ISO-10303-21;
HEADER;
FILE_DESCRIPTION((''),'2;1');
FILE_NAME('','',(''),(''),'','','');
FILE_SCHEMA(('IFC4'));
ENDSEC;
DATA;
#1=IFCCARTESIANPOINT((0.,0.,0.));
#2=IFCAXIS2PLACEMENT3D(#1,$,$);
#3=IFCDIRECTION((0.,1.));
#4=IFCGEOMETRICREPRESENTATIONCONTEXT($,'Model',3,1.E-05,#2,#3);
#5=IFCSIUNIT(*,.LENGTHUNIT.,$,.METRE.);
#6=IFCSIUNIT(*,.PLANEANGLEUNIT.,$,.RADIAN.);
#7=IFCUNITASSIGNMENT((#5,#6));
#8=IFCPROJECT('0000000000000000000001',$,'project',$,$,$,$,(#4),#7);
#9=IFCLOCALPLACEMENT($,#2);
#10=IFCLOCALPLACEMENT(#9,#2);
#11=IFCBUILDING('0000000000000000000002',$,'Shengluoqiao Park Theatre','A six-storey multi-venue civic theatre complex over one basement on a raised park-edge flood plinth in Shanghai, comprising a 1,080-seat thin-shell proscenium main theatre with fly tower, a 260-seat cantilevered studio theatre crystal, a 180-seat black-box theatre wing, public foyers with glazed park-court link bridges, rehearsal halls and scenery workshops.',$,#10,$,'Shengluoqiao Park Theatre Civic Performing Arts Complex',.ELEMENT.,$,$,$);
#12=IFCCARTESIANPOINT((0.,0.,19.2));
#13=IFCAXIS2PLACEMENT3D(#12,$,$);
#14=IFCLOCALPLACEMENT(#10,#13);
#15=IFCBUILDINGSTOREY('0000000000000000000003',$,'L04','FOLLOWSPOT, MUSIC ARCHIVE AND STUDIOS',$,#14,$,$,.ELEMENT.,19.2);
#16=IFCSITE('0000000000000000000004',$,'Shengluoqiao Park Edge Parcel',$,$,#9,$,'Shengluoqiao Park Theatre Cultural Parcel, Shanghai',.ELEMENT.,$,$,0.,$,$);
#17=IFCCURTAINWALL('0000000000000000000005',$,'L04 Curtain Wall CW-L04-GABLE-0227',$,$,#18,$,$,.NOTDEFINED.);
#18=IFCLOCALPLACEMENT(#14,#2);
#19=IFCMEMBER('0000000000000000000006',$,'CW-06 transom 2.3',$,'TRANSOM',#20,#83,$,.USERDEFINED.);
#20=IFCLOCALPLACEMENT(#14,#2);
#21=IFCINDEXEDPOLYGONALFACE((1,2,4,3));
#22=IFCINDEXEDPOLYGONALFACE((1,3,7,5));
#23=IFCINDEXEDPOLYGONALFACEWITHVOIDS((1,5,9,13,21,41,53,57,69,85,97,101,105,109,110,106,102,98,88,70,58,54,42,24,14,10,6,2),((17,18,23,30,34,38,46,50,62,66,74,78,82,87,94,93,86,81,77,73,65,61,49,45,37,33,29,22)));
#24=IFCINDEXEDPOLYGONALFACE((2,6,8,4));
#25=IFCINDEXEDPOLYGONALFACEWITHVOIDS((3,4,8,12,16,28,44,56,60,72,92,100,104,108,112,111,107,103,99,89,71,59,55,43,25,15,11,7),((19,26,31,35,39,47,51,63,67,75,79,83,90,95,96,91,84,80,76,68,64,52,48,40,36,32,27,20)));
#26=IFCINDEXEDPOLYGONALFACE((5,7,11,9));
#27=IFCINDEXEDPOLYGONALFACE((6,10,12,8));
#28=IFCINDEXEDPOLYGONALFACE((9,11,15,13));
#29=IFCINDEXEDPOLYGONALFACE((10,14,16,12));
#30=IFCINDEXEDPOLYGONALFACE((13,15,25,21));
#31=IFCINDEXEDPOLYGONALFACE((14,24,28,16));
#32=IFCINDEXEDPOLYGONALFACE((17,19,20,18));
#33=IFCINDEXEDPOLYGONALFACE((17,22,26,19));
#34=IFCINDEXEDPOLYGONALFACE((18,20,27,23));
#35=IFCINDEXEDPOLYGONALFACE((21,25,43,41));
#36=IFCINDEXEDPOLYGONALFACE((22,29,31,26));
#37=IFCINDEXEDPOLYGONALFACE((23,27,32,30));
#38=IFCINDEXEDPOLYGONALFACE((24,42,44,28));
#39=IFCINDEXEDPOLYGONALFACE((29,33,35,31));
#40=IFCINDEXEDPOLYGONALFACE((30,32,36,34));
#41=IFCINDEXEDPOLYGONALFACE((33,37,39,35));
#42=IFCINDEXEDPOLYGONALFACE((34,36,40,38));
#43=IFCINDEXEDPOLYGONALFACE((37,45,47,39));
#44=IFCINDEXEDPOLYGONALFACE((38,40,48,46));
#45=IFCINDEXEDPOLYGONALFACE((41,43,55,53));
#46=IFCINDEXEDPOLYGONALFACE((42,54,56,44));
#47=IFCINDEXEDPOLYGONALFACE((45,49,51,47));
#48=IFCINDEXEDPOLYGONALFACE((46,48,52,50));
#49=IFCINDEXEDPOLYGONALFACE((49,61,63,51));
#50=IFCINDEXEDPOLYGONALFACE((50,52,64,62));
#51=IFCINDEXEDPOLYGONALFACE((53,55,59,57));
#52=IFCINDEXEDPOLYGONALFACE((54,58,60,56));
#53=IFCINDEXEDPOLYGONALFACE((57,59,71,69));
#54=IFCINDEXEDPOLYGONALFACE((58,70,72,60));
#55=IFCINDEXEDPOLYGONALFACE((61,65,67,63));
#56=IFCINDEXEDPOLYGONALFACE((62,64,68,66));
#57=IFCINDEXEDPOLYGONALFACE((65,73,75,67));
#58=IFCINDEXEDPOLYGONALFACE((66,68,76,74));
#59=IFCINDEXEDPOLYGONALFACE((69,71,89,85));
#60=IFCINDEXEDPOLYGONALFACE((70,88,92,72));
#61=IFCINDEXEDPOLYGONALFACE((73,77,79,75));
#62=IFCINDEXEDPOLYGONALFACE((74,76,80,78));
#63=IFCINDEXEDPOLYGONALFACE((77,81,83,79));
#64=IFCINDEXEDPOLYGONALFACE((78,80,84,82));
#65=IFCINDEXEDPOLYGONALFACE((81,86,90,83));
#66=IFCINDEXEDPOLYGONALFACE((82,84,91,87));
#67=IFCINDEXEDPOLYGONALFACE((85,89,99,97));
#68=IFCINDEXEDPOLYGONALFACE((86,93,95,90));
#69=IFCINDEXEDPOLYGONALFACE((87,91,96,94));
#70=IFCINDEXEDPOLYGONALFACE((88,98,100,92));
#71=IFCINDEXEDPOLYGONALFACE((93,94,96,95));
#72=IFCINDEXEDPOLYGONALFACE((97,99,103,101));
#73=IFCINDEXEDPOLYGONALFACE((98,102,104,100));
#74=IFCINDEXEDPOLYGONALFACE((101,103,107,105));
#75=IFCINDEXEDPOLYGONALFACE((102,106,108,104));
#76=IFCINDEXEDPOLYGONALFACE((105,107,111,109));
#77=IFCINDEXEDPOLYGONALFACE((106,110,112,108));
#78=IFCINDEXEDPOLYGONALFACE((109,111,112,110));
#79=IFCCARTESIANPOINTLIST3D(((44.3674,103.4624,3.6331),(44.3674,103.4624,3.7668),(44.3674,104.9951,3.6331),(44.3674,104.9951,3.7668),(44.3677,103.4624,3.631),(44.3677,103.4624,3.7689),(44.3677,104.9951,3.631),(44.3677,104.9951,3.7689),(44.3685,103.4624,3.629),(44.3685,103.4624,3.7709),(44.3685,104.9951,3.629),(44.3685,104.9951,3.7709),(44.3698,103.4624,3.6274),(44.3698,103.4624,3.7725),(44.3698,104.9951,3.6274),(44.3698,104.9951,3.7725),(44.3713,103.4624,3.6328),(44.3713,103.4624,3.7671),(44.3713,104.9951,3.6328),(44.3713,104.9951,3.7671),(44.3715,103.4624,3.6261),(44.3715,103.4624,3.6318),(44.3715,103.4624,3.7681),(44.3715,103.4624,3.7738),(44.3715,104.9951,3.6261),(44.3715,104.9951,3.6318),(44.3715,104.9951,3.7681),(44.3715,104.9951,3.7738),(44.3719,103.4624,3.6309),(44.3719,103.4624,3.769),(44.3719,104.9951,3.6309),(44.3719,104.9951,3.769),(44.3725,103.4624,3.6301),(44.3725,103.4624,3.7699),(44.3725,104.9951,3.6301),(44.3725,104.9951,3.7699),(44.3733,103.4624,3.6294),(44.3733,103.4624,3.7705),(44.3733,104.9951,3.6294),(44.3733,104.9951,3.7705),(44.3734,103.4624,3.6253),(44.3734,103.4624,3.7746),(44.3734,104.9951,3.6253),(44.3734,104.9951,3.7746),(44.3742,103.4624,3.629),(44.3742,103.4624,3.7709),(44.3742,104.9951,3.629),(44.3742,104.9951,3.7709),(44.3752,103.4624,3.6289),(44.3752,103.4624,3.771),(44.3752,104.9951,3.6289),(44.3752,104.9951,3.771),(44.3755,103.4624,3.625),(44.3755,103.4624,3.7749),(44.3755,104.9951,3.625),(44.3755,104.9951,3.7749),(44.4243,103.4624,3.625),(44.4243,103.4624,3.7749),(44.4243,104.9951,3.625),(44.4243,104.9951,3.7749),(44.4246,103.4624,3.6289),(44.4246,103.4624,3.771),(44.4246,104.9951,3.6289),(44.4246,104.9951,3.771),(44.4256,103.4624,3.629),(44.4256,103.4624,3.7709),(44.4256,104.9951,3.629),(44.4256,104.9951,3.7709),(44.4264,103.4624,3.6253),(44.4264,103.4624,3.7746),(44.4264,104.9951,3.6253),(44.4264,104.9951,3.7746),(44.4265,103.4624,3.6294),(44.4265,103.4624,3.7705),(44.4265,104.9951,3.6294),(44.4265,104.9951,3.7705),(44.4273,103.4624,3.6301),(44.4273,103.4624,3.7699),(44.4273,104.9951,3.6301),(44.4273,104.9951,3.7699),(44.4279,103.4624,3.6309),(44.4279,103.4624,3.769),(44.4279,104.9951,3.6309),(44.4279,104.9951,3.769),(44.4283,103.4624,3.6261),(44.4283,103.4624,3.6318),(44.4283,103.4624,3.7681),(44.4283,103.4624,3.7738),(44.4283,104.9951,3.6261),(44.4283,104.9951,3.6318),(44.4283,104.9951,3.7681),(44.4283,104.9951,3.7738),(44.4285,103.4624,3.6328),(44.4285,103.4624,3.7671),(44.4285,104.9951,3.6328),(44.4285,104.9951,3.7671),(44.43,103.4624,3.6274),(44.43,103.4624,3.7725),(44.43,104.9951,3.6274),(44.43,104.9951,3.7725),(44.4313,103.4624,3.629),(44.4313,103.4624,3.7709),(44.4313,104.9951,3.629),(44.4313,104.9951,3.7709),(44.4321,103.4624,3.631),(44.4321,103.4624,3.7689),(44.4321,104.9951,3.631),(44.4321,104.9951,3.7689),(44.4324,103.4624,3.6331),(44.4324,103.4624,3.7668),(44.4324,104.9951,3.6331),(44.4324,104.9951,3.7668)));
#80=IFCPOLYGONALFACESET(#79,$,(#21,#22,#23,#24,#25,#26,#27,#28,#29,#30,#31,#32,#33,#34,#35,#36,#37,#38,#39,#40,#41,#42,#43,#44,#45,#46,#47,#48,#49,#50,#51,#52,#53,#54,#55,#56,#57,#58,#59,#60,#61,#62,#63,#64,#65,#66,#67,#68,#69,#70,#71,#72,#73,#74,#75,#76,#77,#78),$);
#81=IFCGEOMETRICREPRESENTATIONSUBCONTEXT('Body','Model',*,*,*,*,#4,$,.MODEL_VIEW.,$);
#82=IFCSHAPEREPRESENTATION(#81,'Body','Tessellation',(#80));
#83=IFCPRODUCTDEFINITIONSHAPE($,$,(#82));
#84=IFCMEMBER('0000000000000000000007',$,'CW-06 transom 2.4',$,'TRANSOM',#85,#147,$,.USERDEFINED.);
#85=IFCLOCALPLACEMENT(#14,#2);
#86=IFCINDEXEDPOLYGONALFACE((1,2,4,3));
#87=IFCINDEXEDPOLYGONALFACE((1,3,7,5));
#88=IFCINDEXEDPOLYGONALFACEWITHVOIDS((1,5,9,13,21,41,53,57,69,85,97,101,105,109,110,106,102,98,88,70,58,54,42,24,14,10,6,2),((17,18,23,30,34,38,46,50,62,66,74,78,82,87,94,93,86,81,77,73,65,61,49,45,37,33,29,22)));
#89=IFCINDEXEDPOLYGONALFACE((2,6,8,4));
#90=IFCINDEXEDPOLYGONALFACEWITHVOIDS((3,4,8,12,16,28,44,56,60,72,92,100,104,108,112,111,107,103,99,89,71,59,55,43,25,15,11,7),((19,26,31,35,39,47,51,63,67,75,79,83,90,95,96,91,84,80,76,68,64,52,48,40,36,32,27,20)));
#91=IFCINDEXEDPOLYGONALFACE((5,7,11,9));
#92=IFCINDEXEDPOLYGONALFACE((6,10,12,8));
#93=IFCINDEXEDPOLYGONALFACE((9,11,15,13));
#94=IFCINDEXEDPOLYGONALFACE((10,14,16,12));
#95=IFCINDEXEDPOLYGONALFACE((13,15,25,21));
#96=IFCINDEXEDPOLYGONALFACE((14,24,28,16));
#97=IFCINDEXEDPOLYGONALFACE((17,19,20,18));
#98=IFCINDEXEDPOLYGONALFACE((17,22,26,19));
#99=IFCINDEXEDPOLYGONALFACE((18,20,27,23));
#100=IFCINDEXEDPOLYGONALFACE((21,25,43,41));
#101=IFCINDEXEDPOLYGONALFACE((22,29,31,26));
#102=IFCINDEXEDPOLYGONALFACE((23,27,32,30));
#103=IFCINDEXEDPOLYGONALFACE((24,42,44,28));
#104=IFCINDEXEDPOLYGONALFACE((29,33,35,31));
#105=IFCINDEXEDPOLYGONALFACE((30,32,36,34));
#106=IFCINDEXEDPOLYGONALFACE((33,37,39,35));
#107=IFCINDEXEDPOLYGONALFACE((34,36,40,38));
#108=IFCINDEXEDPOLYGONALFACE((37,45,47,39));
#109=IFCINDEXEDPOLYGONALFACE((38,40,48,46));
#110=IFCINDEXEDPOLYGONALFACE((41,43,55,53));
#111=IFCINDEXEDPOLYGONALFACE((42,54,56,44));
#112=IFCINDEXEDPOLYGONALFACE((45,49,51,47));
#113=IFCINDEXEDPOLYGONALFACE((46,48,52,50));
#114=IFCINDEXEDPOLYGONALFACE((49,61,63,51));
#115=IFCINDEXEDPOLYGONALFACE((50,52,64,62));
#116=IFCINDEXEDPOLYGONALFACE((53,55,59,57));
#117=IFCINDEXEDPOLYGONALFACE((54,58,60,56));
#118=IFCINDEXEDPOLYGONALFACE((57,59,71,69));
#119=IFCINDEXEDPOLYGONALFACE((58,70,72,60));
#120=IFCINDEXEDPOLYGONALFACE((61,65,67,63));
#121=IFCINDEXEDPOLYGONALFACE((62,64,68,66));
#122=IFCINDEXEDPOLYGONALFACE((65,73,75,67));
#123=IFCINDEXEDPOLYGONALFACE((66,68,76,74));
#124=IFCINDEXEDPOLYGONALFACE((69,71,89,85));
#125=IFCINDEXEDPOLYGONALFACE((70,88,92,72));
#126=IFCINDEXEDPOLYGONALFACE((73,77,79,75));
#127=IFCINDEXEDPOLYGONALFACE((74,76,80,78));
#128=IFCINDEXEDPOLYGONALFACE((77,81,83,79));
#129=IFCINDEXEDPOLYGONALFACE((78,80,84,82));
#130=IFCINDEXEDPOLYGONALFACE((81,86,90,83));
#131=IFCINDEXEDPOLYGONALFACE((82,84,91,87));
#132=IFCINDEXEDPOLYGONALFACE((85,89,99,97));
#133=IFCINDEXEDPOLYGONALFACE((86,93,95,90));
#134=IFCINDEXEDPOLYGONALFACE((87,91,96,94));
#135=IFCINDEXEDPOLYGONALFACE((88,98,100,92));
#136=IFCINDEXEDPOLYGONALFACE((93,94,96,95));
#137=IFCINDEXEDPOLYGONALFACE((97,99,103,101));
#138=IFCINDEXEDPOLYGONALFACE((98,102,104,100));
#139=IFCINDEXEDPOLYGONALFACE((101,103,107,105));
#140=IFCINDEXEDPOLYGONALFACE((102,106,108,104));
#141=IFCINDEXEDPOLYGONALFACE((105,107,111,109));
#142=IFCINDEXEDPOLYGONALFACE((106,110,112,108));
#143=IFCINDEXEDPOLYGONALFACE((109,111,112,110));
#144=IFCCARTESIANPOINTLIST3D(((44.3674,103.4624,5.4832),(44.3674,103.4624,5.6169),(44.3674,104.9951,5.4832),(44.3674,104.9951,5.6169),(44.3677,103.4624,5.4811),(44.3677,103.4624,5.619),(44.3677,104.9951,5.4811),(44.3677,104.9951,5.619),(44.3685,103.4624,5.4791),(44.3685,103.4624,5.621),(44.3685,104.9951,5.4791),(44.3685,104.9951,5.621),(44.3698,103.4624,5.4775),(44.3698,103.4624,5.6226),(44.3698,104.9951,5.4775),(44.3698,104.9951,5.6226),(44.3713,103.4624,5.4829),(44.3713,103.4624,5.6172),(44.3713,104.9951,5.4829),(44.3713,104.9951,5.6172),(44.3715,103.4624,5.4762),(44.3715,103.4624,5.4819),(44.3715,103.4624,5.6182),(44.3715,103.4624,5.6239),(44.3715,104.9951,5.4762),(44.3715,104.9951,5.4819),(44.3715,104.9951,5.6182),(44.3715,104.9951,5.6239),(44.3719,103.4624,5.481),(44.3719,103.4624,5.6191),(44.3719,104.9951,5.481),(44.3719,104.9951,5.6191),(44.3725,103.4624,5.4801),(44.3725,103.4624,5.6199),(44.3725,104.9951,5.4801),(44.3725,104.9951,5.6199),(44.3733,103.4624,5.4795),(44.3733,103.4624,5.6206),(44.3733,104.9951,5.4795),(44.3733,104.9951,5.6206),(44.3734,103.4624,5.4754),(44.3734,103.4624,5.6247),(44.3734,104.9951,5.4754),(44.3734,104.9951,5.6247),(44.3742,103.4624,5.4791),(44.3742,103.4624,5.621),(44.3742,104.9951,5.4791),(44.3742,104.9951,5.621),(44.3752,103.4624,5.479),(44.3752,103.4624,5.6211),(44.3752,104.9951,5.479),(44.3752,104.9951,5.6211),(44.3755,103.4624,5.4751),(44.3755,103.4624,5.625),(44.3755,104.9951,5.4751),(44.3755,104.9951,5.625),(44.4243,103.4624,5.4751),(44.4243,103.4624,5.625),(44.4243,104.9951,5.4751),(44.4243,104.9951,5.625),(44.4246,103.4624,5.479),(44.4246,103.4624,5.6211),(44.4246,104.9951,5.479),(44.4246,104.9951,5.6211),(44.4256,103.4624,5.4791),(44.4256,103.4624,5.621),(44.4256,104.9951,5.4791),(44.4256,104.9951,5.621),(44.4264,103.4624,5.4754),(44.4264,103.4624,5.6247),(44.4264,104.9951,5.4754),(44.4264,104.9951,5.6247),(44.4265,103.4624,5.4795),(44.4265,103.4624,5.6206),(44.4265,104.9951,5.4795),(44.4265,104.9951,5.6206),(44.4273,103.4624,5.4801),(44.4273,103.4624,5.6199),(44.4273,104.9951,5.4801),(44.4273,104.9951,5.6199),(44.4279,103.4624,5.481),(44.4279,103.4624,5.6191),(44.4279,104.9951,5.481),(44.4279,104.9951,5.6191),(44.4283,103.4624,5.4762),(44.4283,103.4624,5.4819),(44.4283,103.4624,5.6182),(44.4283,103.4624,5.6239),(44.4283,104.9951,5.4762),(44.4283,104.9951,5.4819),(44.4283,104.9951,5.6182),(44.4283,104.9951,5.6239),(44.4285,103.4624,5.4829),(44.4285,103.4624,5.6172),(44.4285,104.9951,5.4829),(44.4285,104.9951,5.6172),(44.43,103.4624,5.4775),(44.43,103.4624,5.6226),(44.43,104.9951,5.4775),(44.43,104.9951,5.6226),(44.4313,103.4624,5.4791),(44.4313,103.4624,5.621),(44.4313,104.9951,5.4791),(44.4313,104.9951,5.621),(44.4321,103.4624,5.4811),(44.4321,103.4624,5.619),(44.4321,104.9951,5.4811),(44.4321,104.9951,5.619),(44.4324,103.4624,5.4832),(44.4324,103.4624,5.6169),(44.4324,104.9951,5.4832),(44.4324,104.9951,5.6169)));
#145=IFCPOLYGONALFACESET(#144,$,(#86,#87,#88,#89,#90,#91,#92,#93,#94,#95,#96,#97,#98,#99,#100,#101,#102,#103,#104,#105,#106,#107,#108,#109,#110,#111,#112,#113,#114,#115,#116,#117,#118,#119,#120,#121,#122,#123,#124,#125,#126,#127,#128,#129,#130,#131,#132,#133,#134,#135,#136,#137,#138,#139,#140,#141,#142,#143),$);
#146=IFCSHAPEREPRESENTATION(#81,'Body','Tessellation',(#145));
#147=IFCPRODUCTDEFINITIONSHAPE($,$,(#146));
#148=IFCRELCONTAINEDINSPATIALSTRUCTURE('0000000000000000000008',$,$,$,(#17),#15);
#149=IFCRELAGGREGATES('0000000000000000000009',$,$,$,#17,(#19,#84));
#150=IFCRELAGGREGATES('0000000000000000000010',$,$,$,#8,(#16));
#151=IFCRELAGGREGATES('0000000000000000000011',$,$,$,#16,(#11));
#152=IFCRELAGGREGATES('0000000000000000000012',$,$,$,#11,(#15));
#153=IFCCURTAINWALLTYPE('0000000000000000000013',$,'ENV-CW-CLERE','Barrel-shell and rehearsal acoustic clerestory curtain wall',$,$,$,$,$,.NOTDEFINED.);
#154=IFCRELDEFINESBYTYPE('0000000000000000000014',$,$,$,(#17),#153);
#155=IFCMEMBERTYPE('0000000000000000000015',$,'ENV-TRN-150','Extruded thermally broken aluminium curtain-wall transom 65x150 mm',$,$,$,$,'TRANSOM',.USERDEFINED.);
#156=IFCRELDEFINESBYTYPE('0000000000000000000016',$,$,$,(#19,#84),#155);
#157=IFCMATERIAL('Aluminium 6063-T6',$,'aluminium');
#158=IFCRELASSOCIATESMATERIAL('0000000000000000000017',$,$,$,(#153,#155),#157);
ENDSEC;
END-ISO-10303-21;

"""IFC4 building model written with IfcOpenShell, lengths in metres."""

from ifc_helpers import new_model, si_unit, direction, frame, origin, origin_2d, place, context, subcontext, project, spatial, hollow_rectangle, extrude, material, material_profile, profile_set, type_object, element, aggregate, save


model = new_model("IFC4")

# Units and contexts
model_context = context("Model", 3, precision=1e-05, world=origin(), true_north=direction((0.0, 1.0)))
body_context = subcontext(model_context, "Body", "Model", "MODEL_VIEW")
ifc_project = project(units=[si_unit("LENGTHUNIT", "METRE"), si_unit("PLANEANGLEUNIT", "RADIAN")], contexts=[model_context])

# Site, building, storey
site_placement = place(None, origin())
site = spatial("IfcSite", under=ifc_project, at=site_placement, Name="Shengluoqiao Park Edge Parcel", LongName="Shengluoqiao Park Theatre Cultural Parcel, Shanghai", CompositionType="ELEMENT", RefElevation=0.0)
building_placement = place(site_placement, origin())
building = spatial("IfcBuilding", under=site, at=building_placement, Name="Shengluoqiao Park Theatre", Description="A six-storey multi-venue civic theatre complex over one basement on a raised park-edge flood plinth in Shanghai, comprising a 1,080-seat thin-shell proscenium main theatre with fly tower, a 260-seat cantilevered studio theatre crystal, a 180-seat black-box theatre wing, public foyers with glazed park-court link bridges, rehearsal halls and scenery workshops.", LongName="Shengluoqiao Park Theatre Civic Performing Arts Complex", CompositionType="ELEMENT")
storey_placement = place(building_placement, frame((0.0, 0.0, 19.2)))
storey = spatial("IfcBuildingStorey", under=building, at=storey_placement, Name="L04", Description="FOLLOWSPOT, MUSIC ARCHIVE AND STUDIOS", CompositionType="ELEMENT", Elevation=19.2)

# Curtain wall, members
ifc_material_1 = material(Name="Aluminium 6063-T6", Category="aluminium")
curtain_wall_type = type_object("IfcCurtainWallType", Name="ENV-CW-CLERE", Description="Barrel-shell and rehearsal acoustic clerestory curtain wall", PredefinedType="NOTDEFINED", material=ifc_material_1)
curtain_wall_1_placement = place(storey_placement, origin())
curtain_wall_1 = element("IfcCurtainWall", 1, at=curtain_wall_1_placement, inside=storey, type_object=curtain_wall_type, Name="L04 Curtain Wall CW-L04-GABLE-0227", PredefinedType="NOTDEFINED")
ifc_material_profile = material_profile(ifc_material_1, hollow_rectangle(XDim=0.0649, YDim=0.1499, WallThickness=0.0039, InnerFilletRadius=0.0039, OuterFilletRadius=0.0081, at=origin_2d()), Name="ALU TRANSOM 150x65x4")
ifc_profile_set = profile_set([ifc_material_profile], Name="Aluminium 6063-T6")
member_type = type_object("IfcMemberType", Name="ENV-TRN-150", Description="Extruded thermally broken aluminium curtain-wall transom 65x150 mm", ElementType="TRANSOM", PredefinedType="USERDEFINED", material=ifc_profile_set)
member_1_placement = place(storey_placement, frame((44.3999, 103.4624, 3.7), z_axis=(0.0, 1.0, 0.0), x_axis=(-1.0, 0.0, 0.0)))
member_1 = element("IfcMember", 2, at=member_1_placement, type_object=member_type, Name="CW-06 transom 2.3", ObjectType="TRANSOM", PredefinedType="USERDEFINED", context=body_context, shape_type="SweptSolid", body=[
    extrude(hollow_rectangle(XDim=0.0649, YDim=0.1499, WallThickness=0.0039, InnerFilletRadius=0.0039, OuterFilletRadius=0.0081, at=origin_2d()), origin(), (0.0, 0.0, 1.0), 1.5327),
])
member_2_placement = place(storey_placement, frame((44.3999, 103.4624, 5.55), z_axis=(0.0, 1.0, 0.0), x_axis=(-1.0, 0.0, 0.0)))
member_2 = element("IfcMember", 3, at=member_2_placement, type_object=member_type, Name="CW-06 transom 2.4", ObjectType="TRANSOM", PredefinedType="USERDEFINED", context=body_context, shape_type="SweptSolid", body=[
    extrude(hollow_rectangle(XDim=0.0649, YDim=0.1499, WallThickness=0.0039, InnerFilletRadius=0.0039, OuterFilletRadius=0.0081, at=origin_2d()), origin(), (0.0, 0.0, 1.0), 1.5327),
])

aggregate(curtain_wall_1, [member_1, member_2])

save(model, "model.ifc")
